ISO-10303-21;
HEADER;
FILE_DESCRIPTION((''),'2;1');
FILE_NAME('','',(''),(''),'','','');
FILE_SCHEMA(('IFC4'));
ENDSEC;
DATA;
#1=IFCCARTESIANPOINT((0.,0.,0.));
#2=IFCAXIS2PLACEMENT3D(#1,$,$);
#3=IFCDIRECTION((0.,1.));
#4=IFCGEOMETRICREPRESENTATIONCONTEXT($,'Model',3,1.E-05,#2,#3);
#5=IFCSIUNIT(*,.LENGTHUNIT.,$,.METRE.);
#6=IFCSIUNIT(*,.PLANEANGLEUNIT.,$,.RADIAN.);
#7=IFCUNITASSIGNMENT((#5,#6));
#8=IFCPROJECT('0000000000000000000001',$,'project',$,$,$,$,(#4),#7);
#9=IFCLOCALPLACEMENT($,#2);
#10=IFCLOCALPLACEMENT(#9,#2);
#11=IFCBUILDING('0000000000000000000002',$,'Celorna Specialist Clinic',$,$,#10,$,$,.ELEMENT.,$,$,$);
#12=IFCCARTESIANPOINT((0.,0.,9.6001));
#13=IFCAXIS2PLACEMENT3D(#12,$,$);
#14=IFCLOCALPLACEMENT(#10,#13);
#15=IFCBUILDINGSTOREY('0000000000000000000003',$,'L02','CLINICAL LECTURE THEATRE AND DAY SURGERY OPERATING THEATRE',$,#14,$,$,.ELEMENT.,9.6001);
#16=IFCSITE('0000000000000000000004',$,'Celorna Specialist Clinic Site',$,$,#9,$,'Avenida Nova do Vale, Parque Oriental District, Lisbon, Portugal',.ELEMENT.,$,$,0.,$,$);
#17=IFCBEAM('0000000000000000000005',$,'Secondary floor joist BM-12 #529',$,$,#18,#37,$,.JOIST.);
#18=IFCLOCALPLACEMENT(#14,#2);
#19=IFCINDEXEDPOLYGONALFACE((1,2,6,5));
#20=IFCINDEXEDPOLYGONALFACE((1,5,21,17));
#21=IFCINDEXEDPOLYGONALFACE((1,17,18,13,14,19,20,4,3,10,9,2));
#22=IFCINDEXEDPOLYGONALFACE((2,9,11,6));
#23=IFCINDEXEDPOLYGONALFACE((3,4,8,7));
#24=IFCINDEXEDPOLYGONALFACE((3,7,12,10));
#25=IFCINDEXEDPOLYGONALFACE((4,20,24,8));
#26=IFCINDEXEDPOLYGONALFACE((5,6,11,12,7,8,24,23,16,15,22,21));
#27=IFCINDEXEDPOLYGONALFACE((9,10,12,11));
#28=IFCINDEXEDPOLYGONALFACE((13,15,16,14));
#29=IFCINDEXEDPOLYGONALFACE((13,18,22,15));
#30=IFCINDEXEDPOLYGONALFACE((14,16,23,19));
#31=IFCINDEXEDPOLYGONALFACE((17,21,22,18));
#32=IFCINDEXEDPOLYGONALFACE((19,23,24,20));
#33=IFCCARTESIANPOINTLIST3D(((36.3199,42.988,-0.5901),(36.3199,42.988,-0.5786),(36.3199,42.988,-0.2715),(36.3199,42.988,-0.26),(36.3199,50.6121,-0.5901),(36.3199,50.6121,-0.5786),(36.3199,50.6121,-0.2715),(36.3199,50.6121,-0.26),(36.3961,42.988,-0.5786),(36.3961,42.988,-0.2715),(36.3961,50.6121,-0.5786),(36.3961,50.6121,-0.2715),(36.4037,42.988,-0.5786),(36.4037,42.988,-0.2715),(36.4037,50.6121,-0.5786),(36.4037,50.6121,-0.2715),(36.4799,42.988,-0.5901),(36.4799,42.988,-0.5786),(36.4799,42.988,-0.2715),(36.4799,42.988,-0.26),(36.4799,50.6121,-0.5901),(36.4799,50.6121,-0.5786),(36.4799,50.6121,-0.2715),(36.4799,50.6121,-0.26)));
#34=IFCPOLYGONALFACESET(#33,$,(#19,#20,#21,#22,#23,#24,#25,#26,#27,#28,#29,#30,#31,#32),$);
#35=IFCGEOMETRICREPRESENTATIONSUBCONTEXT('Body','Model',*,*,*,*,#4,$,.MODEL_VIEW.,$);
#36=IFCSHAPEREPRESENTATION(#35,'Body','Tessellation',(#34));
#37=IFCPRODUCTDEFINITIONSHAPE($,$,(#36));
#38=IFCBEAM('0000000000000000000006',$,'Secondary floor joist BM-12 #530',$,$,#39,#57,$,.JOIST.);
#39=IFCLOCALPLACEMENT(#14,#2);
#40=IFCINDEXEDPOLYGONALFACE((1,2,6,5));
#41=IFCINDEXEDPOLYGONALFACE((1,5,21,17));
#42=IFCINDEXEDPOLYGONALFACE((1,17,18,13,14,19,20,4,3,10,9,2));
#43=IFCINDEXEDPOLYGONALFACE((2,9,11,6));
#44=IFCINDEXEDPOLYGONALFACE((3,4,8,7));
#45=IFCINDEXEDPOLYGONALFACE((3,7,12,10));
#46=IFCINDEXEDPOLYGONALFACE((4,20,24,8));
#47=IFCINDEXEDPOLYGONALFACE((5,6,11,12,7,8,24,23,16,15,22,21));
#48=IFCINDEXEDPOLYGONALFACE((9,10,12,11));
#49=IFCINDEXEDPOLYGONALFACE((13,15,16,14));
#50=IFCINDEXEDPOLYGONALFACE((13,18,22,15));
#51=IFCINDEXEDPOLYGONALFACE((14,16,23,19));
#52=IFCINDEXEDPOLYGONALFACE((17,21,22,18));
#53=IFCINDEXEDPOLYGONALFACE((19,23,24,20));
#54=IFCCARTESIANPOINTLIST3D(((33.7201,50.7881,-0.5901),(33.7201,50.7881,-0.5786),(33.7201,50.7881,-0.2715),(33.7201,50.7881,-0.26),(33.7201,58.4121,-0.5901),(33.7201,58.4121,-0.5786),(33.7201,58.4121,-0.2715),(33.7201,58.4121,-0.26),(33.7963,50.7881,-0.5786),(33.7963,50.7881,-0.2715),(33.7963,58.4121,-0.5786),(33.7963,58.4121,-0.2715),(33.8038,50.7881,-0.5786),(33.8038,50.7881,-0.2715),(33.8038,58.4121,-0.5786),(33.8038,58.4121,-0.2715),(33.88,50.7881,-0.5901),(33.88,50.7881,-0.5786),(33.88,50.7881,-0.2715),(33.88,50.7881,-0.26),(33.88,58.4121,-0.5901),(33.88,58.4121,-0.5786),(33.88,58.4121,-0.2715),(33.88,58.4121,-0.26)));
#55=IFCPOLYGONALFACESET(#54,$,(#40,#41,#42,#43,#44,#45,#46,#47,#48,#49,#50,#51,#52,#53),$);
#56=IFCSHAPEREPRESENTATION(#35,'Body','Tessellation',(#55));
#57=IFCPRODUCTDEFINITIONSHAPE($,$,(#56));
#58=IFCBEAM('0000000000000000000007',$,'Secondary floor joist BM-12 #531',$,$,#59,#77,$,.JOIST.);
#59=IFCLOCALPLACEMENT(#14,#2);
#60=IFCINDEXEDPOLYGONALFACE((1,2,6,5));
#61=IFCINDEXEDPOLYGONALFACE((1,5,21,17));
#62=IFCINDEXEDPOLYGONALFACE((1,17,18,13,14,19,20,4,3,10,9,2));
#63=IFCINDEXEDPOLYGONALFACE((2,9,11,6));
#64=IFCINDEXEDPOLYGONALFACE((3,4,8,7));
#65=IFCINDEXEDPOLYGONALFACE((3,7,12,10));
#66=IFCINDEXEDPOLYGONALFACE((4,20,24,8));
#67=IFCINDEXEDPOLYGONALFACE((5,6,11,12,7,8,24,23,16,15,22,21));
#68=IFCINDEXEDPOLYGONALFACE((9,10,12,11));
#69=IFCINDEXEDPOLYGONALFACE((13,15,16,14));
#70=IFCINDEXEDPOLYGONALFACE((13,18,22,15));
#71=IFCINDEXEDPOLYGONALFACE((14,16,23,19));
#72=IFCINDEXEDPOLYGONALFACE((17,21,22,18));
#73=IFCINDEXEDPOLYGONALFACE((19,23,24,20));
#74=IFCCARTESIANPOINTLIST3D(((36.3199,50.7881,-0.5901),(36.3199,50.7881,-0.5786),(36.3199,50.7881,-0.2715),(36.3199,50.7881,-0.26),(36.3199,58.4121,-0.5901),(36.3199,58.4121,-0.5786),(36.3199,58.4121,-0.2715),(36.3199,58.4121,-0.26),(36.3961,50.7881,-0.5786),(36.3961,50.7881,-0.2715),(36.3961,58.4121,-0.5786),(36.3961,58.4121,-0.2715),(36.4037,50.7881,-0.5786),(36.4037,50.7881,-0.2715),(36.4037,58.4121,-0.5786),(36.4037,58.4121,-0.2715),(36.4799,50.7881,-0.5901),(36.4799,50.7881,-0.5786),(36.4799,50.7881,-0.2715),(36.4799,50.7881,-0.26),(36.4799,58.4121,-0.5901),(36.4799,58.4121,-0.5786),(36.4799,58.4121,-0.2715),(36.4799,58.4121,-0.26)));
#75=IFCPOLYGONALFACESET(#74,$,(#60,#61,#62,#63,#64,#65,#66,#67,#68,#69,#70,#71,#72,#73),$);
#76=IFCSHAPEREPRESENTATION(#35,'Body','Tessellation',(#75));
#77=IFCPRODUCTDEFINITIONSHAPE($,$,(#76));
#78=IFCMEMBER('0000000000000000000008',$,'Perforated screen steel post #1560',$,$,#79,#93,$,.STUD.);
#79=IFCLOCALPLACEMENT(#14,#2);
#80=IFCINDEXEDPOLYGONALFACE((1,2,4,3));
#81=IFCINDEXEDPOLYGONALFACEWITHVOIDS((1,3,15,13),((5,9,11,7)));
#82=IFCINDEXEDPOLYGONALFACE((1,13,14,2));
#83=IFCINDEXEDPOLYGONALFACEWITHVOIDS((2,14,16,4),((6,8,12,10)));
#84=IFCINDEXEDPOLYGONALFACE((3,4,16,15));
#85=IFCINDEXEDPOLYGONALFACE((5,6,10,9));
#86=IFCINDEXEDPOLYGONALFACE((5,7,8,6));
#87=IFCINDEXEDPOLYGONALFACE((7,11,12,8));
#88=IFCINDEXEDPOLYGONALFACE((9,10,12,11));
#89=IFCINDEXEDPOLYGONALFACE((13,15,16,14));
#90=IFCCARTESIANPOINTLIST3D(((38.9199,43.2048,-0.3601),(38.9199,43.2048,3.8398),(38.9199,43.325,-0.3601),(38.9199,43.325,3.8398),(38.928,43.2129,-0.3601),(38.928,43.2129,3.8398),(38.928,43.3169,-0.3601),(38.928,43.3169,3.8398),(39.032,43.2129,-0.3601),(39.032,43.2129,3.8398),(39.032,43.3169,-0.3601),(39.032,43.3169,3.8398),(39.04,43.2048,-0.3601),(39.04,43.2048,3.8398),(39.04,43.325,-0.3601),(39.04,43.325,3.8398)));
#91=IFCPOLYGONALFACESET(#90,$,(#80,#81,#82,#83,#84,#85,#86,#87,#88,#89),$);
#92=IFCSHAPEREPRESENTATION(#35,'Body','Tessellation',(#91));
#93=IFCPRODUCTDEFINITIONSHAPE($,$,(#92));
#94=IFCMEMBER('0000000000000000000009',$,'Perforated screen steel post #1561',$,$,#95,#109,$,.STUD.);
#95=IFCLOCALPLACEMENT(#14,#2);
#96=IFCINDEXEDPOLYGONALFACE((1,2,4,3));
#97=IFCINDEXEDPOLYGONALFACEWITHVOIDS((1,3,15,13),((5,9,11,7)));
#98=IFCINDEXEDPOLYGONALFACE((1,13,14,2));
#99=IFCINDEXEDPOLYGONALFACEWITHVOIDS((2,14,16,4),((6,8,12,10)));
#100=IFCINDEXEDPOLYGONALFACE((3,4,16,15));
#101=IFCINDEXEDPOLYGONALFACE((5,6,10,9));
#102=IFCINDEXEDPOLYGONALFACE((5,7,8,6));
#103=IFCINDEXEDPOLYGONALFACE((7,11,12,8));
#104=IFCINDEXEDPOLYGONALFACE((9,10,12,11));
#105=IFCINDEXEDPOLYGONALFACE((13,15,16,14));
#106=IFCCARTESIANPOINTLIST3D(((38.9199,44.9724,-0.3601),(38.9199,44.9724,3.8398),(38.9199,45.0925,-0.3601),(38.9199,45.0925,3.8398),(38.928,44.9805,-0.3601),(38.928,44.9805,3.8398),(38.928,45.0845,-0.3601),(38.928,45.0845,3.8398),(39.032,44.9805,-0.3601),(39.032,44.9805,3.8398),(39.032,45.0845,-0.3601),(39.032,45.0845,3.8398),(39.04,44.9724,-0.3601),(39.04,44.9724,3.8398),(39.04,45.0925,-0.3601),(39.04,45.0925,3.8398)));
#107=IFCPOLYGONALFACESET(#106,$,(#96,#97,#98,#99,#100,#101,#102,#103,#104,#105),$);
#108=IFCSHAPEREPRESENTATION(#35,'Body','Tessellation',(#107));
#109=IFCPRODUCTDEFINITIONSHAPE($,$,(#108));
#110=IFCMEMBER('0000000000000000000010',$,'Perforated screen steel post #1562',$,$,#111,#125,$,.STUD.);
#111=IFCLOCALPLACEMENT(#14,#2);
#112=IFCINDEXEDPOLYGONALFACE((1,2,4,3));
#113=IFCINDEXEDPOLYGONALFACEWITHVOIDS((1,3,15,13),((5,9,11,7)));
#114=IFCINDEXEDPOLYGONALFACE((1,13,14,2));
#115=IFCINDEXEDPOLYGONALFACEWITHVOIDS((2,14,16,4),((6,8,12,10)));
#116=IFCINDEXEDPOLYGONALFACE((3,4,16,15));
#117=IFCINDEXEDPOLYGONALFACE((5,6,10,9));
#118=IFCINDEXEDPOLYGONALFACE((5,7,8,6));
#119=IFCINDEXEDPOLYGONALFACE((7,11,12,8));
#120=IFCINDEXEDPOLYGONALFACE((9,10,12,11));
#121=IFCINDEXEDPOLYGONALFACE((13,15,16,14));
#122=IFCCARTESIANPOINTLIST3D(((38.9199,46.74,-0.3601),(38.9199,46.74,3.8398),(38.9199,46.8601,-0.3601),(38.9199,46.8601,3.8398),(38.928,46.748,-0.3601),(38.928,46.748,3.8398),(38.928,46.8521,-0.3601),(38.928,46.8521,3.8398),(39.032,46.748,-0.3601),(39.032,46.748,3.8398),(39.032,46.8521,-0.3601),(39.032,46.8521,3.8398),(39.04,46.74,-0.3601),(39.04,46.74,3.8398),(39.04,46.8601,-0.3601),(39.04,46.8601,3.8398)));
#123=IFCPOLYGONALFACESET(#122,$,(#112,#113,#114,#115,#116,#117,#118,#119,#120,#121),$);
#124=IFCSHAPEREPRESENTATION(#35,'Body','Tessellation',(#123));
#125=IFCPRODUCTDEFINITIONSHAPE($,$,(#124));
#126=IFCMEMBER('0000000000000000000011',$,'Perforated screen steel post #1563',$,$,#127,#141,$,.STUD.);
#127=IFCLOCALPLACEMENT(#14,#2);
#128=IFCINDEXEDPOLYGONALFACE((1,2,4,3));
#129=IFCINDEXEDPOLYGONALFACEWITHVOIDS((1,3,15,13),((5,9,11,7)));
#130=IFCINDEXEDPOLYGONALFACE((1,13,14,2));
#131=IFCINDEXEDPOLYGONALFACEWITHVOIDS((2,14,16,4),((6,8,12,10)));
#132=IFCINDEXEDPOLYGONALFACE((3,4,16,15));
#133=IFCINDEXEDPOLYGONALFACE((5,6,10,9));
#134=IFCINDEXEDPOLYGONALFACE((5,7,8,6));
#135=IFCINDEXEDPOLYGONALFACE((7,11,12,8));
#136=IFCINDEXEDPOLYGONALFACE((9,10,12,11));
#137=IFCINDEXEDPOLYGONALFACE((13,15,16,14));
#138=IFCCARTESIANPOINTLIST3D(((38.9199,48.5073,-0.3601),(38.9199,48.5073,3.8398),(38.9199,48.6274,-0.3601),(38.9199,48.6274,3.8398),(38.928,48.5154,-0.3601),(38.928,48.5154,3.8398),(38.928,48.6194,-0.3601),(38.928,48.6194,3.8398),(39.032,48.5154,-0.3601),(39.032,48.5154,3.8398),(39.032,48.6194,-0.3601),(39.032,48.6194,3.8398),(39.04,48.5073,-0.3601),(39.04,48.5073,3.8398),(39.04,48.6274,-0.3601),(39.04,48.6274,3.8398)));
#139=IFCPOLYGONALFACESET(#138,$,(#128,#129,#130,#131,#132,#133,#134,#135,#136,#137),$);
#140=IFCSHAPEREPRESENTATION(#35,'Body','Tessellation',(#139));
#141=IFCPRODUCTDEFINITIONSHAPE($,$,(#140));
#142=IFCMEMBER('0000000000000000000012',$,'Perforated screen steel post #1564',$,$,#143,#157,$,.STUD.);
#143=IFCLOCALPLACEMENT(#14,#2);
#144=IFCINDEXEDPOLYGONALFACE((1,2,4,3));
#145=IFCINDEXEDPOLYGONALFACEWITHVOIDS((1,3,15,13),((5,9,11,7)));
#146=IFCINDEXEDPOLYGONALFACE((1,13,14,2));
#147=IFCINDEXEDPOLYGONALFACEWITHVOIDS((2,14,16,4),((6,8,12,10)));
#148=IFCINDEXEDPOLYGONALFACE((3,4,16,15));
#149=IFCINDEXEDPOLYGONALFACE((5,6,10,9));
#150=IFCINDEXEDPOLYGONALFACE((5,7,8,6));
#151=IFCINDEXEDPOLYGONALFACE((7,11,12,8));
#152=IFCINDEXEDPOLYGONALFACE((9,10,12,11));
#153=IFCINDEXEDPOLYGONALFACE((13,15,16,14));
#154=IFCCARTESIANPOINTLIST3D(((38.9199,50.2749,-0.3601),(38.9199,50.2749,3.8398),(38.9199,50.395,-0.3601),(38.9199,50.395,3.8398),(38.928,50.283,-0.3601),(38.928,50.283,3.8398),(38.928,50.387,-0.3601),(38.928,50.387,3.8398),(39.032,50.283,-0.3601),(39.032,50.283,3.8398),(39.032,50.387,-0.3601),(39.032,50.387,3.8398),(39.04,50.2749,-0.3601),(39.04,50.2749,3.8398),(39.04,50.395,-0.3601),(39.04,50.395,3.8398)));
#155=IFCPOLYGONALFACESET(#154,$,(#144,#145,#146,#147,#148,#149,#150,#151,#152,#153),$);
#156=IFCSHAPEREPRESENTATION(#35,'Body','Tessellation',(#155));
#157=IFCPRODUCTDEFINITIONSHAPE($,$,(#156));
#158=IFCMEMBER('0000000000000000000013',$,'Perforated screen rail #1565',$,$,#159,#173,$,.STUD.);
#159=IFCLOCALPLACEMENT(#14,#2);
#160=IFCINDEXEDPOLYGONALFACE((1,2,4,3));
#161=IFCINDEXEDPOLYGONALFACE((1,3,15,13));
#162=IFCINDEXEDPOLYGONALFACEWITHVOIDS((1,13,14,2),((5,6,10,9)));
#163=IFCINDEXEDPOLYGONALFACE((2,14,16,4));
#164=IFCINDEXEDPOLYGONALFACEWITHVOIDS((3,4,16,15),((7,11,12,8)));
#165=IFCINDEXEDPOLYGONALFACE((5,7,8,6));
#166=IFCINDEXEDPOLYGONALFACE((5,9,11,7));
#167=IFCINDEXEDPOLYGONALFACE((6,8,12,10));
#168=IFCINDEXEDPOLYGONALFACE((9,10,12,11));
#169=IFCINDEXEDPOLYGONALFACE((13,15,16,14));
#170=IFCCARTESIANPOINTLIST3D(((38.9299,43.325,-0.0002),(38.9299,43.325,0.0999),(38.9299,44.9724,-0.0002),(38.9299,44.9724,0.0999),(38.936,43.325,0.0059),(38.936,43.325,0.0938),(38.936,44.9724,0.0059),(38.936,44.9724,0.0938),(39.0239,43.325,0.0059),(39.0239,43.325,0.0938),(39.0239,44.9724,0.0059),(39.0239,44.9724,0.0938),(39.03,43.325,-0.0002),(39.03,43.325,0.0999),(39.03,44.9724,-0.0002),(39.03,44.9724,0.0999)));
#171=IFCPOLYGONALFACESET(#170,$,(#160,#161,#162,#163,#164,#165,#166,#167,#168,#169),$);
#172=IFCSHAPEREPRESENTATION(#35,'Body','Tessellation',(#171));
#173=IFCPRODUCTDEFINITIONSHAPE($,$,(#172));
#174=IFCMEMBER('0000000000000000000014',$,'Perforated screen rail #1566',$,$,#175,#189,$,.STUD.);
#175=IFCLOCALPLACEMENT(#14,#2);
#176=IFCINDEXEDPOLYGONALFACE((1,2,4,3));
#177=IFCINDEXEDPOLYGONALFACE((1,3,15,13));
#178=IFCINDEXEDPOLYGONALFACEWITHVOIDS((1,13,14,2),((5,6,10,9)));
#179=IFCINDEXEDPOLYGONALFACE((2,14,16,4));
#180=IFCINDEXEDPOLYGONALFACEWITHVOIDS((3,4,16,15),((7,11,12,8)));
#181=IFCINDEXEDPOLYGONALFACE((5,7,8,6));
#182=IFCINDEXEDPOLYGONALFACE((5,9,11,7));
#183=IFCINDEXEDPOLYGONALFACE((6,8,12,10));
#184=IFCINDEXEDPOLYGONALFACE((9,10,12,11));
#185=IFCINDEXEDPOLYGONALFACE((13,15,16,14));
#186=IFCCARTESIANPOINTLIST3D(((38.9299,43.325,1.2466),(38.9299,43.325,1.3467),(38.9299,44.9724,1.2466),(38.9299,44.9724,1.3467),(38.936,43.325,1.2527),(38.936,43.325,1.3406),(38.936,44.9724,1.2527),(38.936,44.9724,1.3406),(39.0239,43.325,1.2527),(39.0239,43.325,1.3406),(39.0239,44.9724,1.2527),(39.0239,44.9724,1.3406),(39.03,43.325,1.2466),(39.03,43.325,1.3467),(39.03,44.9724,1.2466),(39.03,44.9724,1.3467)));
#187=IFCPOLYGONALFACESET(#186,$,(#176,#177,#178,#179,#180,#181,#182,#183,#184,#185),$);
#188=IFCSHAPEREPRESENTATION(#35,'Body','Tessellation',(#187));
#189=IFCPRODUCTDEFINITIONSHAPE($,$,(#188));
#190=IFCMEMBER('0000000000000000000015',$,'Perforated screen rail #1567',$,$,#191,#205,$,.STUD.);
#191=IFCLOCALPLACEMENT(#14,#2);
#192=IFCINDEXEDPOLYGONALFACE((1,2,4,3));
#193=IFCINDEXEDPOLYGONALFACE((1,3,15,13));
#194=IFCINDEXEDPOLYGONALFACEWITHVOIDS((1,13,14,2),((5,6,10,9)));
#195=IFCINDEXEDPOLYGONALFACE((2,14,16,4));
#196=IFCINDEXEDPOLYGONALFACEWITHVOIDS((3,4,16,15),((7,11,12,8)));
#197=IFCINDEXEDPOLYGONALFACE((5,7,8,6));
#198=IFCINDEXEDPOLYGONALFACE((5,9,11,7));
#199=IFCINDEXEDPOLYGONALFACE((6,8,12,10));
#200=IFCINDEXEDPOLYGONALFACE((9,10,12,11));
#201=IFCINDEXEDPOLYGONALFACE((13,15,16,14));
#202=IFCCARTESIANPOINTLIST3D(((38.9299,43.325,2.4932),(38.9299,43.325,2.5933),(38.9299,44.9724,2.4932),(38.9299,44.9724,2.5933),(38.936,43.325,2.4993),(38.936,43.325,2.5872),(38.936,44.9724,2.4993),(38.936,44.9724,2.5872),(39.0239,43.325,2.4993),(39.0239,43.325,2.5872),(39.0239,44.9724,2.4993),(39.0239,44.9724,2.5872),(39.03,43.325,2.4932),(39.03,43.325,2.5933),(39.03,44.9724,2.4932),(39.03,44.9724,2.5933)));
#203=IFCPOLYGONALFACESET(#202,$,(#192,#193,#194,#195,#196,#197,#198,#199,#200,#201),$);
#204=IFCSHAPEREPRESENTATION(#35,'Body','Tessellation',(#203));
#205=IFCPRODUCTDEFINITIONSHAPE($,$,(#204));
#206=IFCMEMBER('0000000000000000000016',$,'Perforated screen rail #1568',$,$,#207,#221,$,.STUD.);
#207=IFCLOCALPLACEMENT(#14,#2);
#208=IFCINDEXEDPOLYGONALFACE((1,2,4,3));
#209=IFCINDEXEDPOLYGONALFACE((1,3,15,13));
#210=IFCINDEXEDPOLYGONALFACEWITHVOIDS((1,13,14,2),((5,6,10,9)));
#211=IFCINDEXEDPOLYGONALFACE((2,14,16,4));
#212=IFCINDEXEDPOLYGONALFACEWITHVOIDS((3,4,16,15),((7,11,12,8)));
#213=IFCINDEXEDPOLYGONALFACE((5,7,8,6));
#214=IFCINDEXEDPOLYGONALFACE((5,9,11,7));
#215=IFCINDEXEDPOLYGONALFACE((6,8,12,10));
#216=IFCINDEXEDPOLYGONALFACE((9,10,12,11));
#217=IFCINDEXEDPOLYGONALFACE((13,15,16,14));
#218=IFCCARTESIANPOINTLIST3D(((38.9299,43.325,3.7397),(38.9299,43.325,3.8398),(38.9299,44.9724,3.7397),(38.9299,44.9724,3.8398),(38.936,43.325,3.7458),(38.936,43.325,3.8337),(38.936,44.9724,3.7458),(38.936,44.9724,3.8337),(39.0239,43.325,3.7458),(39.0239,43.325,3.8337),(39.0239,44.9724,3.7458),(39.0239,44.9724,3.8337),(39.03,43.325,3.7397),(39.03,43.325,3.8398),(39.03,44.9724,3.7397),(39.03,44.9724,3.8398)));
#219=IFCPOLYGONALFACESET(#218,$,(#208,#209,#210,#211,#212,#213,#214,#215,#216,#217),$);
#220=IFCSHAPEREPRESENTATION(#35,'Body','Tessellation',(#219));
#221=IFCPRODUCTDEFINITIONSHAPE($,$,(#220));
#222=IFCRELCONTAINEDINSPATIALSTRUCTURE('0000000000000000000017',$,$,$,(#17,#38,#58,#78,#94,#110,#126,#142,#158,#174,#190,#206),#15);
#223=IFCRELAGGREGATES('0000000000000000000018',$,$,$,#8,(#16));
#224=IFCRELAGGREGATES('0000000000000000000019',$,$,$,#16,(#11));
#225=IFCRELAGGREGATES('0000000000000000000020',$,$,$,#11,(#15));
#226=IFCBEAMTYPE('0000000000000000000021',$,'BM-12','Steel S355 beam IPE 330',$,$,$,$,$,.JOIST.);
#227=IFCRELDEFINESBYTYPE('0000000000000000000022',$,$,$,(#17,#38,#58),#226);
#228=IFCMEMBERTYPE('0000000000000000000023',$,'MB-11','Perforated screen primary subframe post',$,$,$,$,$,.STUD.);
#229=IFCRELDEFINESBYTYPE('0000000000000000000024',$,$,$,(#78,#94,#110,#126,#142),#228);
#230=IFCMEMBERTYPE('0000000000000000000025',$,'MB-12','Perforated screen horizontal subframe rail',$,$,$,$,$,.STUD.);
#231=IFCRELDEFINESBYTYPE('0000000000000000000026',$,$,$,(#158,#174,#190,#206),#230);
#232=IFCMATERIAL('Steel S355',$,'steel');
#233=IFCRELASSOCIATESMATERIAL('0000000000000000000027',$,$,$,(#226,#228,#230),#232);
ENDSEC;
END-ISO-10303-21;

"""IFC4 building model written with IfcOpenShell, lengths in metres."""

from ifc_helpers import new_model, si_unit, direction, frame, origin, origin_2d, place, context, subcontext, project, spatial, hollow_rectangle, i_section, extrude, material, material_profile, profile_set, type_object, element, save


model = new_model("IFC4")

# Units and contexts
model_context = context("Model", 3, precision=1e-05, world=origin(), true_north=direction((0.0, 1.0)))
body_context = subcontext(model_context, "Body", "Model", "MODEL_VIEW")
ifc_project = project(units=[si_unit("LENGTHUNIT", "METRE"), si_unit("PLANEANGLEUNIT", "RADIAN")], contexts=[model_context])

# Site, building, storey
site_placement = place(None, origin())
site = spatial("IfcSite", under=ifc_project, at=site_placement, Name="Celorna Specialist Clinic Site", LongName="Avenida Nova do Vale, Parque Oriental District, Lisbon, Portugal", CompositionType="ELEMENT", RefElevation=0.0)
building_placement = place(site_placement, origin())
building = spatial("IfcBuilding", under=site, at=building_placement, Name="Celorna Specialist Clinic", CompositionType="ELEMENT")
storey_placement = place(building_placement, frame((0.0, 0.0, 9.6001)))
storey = spatial("IfcBuildingStorey", under=building, at=storey_placement, Name="L02", Description="CLINICAL LECTURE THEATRE AND DAY SURGERY OPERATING THEATRE", CompositionType="ELEMENT", Elevation=9.6001)

# Beams
ifc_material_1 = material(Name="Steel S355", Category="steel")
ifc_material_profile_1 = material_profile(ifc_material_1, i_section(OverallWidth=0.1599, OverallDepth=0.3301, WebThickness=0.0076, FlangeThickness=0.0115, at=origin_2d()), Name="IPE 330")
ifc_profile_set_1 = profile_set([ifc_material_profile_1], Name="Steel S355")
beam_type = type_object("IfcBeamType", Name="BM-12", Description="Steel S355 beam IPE 330", PredefinedType="JOIST", material=ifc_profile_set_1)
for number, where, z_axis, x_axis, name in (
    (1, (36.3999, 42.988, -0.425), (0.0, 1.0, 0.0), (-1.0, 0.0, 0.0), "Secondary floor joist BM-12 #529"),
    (2, (33.8, 50.7881, -0.425), (0.0, 1.0, 0.0), (-1.0, 0.0, 0.0), "Secondary floor joist BM-12 #530"),
    (3, (36.3999, 50.7881, -0.425), (0.0, 1.0, 0.0), (-1.0, 0.0, 0.0), "Secondary floor joist BM-12 #531"),
):
    element("IfcBeam", number, at=place(storey_placement, frame(where, z_axis=z_axis, x_axis=x_axis)), inside=storey, type_object=beam_type, Name=name, PredefinedType="JOIST", context=body_context, shape_type="SweptSolid", body=[
        extrude(i_section(OverallWidth=0.1599, OverallDepth=0.3301, WebThickness=0.0076, FlangeThickness=0.0115, at=origin_2d()), origin(), (0.0, 0.0, 1.0), 7.624),
    ])

# Members
ifc_material_profile_2 = material_profile(ifc_material_1, hollow_rectangle(XDim=0.1201, YDim=0.1201, WallThickness=0.0081, at=origin_2d()), Name="SHS 120x120x8")
ifc_profile_set_2 = profile_set([ifc_material_profile_2], Name="Steel S355")
member_type_1 = type_object("IfcMemberType", Name="MB-11", Description="Perforated screen primary subframe post", PredefinedType="STUD", material=ifc_profile_set_2)
for number, where, z_axis, x_axis, name in (
    (4, (38.98, 43.2649, -0.3601), (0.0, 0.0, 1.0), (1.0, 0.0, 0.0), "Perforated screen steel post #1560"),
    (5, (38.98, 45.0325, -0.3601), (0.0, 0.0, 1.0), (1.0, 0.0, 0.0), "Perforated screen steel post #1561"),
    (6, (38.98, 46.8, -0.3601), (0.0, 0.0, 1.0), (1.0, 0.0, 0.0), "Perforated screen steel post #1562"),
    (7, (38.98, 48.5674, -0.3601), (0.0, 0.0, 1.0), (1.0, 0.0, 0.0), "Perforated screen steel post #1563"),
    (8, (38.98, 50.335, -0.3601), (0.0, 0.0, 1.0), (1.0, 0.0, 0.0), "Perforated screen steel post #1564"),
):
    element("IfcMember", number, at=place(storey_placement, frame(where, z_axis=z_axis, x_axis=x_axis)), inside=storey, type_object=member_type_1, Name=name, PredefinedType="STUD", context=body_context, shape_type="SweptSolid", body=[
        extrude(hollow_rectangle(XDim=0.1201, YDim=0.1201, WallThickness=0.0081, at=origin_2d()), origin(), (0.0, 0.0, 1.0), 4.2),
    ])
ifc_material_profile_3 = material_profile(ifc_material_1, hollow_rectangle(XDim=0.1001, YDim=0.1001, WallThickness=0.0061, at=origin_2d()), Name="SHS 100x100x6")
ifc_profile_set_3 = profile_set([ifc_material_profile_3], Name="Steel S355")
member_type_2 = type_object("IfcMemberType", Name="MB-12", Description="Perforated screen horizontal subframe rail", PredefinedType="STUD", material=ifc_profile_set_3)
for number, where, z_axis, x_axis, name in (
    (9, (38.98, 43.325, 0.0498), (0.0, 1.0, 0.0), (-1.0, 0.0, 0.0), "Perforated screen rail #1565"),
    (10, (38.98, 43.325, 1.2966), (0.0, 1.0, 0.0), (-1.0, 0.0, 0.0), "Perforated screen rail #1566"),
    (11, (38.98, 43.325, 2.5432), (0.0, 1.0, 0.0), (-1.0, 0.0, 0.0), "Perforated screen rail #1567"),
    (12, (38.98, 43.325, 3.7898), (0.0, 1.0, 0.0), (-1.0, 0.0, 0.0), "Perforated screen rail #1568"),
):
    element("IfcMember", number, at=place(storey_placement, frame(where, z_axis=z_axis, x_axis=x_axis)), inside=storey, type_object=member_type_2, Name=name, PredefinedType="STUD", context=body_context, shape_type="SweptSolid", body=[
        extrude(hollow_rectangle(XDim=0.1001, YDim=0.1001, WallThickness=0.0061, at=origin_2d()), origin(), (0.0, 0.0, 1.0), 1.6475),
    ])

save(model, "model.ifc")
